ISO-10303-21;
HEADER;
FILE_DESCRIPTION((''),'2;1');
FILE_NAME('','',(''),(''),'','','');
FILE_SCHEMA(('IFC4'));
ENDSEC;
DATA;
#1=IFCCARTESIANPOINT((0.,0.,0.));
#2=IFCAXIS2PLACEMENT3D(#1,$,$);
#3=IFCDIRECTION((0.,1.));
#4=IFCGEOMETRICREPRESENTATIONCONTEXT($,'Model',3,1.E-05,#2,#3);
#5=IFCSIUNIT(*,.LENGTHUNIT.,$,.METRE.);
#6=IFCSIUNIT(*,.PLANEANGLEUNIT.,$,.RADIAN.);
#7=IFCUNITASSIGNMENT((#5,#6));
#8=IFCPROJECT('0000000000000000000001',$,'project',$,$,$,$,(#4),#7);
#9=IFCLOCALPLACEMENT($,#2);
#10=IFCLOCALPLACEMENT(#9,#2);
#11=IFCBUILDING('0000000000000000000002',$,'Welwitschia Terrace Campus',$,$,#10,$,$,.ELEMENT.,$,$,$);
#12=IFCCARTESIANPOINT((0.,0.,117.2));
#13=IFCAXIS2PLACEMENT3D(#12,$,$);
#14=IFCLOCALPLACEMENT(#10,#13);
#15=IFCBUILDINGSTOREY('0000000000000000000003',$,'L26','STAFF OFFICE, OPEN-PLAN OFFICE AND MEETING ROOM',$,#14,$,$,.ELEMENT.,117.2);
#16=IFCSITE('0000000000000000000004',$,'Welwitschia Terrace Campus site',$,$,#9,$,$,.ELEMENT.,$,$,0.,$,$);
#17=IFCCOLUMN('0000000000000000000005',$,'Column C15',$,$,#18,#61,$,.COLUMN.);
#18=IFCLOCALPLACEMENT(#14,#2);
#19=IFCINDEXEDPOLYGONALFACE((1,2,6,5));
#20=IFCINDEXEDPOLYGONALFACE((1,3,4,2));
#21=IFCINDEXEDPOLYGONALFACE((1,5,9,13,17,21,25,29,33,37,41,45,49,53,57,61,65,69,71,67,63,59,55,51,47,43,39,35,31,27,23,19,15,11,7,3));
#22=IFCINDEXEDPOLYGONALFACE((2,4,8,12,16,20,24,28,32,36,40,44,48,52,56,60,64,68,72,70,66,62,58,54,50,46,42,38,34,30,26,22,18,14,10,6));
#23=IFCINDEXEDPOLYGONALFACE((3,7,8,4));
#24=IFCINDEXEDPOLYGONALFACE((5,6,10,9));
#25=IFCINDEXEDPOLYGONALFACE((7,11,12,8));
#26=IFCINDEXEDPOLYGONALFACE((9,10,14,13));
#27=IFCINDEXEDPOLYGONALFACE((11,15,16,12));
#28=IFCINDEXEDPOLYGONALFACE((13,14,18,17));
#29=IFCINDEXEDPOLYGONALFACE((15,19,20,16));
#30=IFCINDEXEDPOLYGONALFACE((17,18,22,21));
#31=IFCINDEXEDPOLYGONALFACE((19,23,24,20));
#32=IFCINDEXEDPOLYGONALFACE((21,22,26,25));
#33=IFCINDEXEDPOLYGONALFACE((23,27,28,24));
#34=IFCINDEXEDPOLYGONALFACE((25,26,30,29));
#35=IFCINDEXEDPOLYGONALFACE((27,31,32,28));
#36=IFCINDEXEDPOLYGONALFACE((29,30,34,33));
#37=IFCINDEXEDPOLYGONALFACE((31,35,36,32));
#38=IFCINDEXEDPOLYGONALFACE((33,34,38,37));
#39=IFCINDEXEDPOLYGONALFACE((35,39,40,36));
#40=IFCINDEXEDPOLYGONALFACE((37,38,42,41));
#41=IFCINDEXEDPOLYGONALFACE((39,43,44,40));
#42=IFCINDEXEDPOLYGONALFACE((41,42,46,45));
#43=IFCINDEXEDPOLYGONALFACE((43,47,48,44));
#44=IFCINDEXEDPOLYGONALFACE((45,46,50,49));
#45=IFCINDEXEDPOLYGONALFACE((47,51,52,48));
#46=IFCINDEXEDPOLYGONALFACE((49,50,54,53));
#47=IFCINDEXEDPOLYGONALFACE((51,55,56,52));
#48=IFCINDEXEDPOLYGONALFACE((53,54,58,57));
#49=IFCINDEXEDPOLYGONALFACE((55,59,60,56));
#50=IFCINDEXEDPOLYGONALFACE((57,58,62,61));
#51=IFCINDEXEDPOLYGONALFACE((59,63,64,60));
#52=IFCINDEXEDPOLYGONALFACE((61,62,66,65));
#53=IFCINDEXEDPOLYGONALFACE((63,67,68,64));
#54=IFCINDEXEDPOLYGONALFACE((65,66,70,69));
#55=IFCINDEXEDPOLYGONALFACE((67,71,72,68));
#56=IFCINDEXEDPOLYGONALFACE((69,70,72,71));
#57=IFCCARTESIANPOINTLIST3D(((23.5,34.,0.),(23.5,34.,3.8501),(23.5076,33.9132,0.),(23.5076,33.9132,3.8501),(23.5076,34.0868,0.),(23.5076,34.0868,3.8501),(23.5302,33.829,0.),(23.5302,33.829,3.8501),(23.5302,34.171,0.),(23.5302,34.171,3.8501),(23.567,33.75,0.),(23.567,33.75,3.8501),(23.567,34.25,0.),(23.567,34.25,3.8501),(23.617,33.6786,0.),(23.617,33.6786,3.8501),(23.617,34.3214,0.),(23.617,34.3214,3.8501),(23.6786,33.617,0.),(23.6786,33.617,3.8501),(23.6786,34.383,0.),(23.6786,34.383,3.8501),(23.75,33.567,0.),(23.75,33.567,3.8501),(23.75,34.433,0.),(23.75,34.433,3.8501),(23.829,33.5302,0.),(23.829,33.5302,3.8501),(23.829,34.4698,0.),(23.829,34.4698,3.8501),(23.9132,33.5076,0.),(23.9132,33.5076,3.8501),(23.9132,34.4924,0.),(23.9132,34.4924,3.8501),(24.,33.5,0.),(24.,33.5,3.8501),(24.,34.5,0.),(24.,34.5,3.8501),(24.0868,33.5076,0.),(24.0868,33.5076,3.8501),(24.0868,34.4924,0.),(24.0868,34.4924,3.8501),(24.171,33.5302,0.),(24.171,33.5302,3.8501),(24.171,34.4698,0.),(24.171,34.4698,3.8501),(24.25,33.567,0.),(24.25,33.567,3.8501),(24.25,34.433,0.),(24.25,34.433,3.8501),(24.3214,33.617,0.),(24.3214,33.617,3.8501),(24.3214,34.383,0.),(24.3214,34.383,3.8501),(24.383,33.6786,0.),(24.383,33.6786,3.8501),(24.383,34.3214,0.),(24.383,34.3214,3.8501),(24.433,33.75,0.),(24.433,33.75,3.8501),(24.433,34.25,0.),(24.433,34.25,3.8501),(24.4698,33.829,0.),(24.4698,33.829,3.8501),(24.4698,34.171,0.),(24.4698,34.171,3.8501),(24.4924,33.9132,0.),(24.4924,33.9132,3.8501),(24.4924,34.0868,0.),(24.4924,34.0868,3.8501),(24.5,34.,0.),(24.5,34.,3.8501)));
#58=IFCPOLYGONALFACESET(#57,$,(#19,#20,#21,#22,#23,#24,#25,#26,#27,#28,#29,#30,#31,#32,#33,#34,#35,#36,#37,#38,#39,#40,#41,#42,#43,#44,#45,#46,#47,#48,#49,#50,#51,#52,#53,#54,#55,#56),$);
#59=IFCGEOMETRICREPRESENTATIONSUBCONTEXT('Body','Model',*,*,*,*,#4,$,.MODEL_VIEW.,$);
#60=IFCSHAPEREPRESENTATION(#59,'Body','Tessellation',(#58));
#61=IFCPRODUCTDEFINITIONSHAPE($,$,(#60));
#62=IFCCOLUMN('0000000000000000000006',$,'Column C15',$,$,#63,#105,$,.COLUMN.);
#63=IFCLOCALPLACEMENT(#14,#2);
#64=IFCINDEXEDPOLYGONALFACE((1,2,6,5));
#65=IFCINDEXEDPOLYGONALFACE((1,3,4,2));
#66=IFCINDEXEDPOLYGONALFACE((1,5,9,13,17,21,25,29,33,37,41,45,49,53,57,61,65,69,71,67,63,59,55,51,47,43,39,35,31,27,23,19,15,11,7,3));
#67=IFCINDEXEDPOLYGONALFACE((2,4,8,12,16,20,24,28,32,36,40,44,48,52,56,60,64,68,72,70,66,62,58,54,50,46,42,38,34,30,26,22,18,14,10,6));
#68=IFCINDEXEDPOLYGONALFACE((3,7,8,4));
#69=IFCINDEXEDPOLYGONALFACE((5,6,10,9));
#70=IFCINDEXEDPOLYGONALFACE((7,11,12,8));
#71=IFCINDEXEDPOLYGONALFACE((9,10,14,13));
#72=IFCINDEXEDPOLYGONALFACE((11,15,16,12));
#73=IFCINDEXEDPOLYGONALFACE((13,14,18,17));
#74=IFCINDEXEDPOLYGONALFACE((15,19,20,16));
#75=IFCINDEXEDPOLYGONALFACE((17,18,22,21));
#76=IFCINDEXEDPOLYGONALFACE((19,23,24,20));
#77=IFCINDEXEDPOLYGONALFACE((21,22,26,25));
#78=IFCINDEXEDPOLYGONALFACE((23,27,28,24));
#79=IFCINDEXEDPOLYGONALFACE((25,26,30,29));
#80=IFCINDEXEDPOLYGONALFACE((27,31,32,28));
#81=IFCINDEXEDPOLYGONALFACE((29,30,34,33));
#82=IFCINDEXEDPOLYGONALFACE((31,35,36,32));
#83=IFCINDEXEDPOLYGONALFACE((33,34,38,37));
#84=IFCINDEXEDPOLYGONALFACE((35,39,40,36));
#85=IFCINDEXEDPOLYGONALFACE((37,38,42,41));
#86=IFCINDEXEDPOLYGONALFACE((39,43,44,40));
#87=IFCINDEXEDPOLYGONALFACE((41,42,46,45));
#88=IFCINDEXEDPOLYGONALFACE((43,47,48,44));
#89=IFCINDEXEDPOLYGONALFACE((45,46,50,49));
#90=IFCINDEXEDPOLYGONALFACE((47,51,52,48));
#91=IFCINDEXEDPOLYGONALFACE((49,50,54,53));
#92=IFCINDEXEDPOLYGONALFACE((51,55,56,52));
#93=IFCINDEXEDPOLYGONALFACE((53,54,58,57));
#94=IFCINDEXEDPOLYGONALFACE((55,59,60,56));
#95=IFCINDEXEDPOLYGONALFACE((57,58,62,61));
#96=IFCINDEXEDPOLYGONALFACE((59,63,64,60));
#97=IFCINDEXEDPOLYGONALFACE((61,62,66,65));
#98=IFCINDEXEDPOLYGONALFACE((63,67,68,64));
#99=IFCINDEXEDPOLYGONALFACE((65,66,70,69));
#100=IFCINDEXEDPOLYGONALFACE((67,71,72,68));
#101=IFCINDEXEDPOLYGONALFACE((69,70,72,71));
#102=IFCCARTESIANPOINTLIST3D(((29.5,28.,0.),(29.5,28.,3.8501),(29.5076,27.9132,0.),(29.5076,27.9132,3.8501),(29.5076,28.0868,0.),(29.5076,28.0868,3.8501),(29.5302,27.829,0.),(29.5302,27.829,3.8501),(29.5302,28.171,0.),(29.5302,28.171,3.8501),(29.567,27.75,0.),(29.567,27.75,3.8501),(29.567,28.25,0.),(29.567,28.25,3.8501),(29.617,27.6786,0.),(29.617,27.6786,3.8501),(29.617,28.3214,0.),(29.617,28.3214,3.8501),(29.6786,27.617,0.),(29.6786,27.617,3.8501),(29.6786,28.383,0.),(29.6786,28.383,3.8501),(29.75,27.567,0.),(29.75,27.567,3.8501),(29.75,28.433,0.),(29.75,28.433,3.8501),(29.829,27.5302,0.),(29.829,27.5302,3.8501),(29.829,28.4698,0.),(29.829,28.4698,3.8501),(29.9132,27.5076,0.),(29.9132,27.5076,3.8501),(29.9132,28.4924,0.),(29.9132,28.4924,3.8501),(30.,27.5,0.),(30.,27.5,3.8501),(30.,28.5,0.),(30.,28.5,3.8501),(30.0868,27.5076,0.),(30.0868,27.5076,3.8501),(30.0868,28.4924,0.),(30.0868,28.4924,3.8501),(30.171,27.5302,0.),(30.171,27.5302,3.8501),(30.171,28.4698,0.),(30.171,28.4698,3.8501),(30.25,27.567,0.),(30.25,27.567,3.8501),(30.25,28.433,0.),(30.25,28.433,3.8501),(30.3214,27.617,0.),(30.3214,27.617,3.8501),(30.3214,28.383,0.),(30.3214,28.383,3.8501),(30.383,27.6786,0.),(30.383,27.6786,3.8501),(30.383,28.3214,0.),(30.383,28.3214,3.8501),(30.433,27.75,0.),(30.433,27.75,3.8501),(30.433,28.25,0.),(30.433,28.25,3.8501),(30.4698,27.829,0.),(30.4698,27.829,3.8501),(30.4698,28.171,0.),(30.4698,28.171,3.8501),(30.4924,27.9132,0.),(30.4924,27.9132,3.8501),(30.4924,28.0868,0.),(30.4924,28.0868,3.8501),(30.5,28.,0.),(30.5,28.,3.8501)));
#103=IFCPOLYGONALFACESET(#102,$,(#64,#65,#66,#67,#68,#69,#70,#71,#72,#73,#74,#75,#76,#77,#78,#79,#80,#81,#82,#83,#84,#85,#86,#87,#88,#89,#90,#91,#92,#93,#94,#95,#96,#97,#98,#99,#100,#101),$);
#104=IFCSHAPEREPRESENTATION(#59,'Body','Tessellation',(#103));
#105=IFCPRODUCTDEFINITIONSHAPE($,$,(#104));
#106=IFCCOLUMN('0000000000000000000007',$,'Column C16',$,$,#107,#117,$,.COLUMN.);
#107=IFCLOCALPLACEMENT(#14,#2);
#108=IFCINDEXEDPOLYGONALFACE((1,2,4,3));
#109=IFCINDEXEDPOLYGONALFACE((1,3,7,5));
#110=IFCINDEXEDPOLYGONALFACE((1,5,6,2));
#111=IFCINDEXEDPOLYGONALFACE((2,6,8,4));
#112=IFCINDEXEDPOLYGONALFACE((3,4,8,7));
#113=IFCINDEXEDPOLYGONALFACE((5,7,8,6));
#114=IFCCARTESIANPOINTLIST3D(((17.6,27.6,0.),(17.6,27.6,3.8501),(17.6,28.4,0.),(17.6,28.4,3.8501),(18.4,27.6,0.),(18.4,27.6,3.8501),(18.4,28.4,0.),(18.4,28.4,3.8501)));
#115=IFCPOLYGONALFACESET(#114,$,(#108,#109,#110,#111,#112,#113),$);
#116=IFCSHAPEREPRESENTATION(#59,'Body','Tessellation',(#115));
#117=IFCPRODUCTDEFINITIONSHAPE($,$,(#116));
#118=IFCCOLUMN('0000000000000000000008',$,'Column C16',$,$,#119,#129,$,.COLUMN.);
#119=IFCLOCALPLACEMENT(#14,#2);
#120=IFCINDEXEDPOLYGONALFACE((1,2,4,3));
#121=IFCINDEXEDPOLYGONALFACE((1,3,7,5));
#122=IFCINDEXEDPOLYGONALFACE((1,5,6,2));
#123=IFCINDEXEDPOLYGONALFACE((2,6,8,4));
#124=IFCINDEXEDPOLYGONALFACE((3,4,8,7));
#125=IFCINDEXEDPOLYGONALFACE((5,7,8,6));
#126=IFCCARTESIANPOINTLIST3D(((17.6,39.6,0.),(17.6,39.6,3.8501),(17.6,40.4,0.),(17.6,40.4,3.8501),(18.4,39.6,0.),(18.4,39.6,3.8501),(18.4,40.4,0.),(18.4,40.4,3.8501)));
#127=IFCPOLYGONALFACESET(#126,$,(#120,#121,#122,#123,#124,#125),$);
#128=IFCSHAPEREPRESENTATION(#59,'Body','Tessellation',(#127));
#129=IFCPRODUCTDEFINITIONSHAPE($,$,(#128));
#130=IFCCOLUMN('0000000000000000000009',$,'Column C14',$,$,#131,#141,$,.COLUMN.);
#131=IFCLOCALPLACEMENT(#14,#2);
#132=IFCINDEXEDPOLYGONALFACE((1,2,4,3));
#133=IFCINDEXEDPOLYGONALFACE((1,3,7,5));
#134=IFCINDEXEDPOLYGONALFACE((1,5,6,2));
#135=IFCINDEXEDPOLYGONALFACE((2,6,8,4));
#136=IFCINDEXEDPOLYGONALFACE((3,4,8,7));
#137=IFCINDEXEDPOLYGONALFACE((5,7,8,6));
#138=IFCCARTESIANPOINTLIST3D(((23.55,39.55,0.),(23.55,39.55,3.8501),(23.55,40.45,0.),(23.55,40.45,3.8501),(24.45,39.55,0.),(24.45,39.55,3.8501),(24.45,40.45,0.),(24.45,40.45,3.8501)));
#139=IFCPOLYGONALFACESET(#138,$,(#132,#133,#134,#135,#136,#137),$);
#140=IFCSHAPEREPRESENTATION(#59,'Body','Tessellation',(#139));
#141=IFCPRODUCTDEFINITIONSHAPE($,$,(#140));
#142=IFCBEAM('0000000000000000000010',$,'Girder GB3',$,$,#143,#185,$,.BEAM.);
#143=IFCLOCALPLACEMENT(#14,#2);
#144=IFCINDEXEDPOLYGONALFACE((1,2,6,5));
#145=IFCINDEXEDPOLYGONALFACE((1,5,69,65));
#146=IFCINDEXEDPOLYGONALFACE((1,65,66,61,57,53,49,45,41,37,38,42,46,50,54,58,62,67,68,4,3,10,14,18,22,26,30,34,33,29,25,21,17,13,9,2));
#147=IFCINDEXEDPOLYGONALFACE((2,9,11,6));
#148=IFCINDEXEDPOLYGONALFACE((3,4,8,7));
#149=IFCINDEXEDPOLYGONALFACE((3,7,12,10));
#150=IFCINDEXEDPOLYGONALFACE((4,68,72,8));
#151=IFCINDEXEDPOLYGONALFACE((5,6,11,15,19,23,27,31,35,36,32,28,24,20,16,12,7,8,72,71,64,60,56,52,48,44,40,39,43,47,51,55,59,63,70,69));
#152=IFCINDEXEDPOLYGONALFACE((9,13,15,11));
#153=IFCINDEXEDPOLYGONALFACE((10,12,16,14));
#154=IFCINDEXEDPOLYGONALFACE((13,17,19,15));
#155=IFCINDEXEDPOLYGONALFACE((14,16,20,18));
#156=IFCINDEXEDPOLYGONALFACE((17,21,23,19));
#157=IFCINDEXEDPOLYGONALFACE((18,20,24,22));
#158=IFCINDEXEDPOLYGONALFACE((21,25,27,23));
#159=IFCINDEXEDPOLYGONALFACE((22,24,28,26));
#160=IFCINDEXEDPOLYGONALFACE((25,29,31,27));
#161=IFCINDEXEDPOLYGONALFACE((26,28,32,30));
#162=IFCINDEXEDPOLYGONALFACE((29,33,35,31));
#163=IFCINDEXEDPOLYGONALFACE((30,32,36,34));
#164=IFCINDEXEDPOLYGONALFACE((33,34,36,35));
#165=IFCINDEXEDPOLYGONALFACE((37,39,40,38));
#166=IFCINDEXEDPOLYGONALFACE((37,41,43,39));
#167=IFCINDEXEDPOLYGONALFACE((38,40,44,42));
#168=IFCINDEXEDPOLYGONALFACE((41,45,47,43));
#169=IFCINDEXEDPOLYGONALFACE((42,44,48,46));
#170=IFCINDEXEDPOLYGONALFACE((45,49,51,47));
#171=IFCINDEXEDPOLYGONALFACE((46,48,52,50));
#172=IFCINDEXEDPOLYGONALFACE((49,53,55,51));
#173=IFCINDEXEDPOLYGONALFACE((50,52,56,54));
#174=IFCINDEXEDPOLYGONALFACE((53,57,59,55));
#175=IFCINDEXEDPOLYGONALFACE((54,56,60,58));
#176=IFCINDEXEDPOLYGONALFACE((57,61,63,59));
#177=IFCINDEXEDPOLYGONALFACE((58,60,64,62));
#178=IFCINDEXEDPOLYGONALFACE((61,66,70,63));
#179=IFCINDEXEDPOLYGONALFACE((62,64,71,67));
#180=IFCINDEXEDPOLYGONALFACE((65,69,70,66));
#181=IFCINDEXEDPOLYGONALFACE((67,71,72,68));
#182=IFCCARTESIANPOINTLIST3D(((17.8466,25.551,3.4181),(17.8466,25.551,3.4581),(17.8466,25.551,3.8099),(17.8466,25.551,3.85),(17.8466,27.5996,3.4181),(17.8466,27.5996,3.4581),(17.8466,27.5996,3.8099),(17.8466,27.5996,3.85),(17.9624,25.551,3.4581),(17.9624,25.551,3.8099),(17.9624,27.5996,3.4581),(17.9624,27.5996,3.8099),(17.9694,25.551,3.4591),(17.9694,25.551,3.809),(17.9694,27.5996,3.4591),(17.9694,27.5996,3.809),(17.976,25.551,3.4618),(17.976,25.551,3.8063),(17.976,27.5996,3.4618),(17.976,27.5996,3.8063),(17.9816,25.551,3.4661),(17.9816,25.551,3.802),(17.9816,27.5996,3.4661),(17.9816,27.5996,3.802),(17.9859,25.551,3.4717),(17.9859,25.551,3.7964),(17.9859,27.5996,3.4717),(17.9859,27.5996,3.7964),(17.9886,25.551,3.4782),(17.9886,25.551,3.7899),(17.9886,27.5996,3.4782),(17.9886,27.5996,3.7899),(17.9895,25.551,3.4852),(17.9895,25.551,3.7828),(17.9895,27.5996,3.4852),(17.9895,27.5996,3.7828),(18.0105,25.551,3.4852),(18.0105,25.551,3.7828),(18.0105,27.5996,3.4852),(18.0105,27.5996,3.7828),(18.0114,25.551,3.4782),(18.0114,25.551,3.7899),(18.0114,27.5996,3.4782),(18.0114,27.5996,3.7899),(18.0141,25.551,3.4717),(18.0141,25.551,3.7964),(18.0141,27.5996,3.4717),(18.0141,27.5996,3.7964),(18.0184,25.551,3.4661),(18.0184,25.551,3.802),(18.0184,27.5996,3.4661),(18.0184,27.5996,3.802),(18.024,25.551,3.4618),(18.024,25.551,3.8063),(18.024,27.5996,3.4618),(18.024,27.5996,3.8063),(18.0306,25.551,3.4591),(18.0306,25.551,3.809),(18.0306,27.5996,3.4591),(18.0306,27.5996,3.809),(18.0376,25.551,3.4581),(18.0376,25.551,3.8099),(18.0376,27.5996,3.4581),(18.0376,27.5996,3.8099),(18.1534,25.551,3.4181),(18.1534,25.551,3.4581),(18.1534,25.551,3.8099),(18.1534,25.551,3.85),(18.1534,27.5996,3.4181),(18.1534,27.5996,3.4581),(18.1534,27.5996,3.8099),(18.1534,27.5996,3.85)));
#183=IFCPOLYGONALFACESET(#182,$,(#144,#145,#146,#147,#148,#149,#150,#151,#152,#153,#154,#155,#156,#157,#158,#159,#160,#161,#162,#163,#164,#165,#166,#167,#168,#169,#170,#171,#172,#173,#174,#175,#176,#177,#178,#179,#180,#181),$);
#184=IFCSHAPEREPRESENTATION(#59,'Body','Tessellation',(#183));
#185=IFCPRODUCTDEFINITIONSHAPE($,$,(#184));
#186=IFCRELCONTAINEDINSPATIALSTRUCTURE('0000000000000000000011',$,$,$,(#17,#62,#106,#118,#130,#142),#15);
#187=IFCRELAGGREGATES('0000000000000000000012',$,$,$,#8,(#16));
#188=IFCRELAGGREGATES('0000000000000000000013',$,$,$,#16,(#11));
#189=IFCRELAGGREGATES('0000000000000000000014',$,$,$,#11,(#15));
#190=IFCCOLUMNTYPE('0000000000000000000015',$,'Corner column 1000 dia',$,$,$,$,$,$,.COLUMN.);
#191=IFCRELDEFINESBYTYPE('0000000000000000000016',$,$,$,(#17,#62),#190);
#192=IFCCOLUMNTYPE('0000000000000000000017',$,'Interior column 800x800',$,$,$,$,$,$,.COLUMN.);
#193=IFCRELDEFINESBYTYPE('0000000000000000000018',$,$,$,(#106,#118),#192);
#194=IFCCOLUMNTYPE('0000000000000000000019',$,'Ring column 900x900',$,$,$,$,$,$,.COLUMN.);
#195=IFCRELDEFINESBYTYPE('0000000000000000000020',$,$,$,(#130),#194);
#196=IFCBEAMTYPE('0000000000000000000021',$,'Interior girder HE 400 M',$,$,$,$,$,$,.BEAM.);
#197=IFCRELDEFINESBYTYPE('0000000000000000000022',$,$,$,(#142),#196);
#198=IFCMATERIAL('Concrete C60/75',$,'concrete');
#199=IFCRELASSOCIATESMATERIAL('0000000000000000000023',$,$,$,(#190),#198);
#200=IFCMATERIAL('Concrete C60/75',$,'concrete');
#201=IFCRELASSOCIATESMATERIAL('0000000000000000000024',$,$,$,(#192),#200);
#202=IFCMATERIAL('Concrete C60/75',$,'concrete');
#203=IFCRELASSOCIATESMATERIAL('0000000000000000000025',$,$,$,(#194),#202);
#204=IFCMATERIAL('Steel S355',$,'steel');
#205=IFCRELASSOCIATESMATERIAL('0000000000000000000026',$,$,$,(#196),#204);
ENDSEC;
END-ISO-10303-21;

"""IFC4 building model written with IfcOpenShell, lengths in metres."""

from ifc_helpers import new_model, si_unit, direction, frame, origin, origin_2d, place, context, subcontext, project, spatial, rectangle, circle, i_section, extrude, material, material_profile, profile_set, type_object, element, save


model = new_model("IFC4")

# Units and contexts
model_context = context("Model", 3, precision=1e-05, world=origin(), true_north=direction((0.0, 1.0)))
body_context = subcontext(model_context, "Body", "Model", "MODEL_VIEW")
ifc_project = project(units=[si_unit("LENGTHUNIT", "METRE"), si_unit("PLANEANGLEUNIT", "RADIAN")], contexts=[model_context])

# Site, building, storey
site_placement = place(None, origin())
site = spatial("IfcSite", under=ifc_project, at=site_placement, Name="Welwitschia Terrace Campus site", CompositionType="ELEMENT", RefElevation=0.0)
building_placement = place(site_placement, origin())
building = spatial("IfcBuilding", under=site, at=building_placement, Name="Welwitschia Terrace Campus", CompositionType="ELEMENT")
storey_placement = place(building_placement, frame((0.0, 0.0, 117.2)))
storey = spatial("IfcBuildingStorey", under=building, at=storey_placement, Name="L26", Description="STAFF OFFICE, OPEN-PLAN OFFICE AND MEETING ROOM", CompositionType="ELEMENT", Elevation=117.2)

# Columns
ifc_material_1 = material(Name="Concrete C60/75", Category="concrete")
ifc_material_profile_1 = material_profile(ifc_material_1, circle(Radius=0.5, at=origin_2d()))
ifc_profile_set_1 = profile_set([ifc_material_profile_1], Name="Concrete C60/75")
column_type_1 = type_object("IfcColumnType", Name="Corner column 1000 dia", PredefinedType="COLUMN", material=ifc_profile_set_1)
for number, where, z_axis, x_axis, name in (
    (1, (24.0, 34.0, 0.0), (0.0, 0.0, 1.0), (1.0, 0.0, 0.0), "Column C15"),
    (2, (30.0, 28.0, 0.0), (0.0, 0.0, 1.0), (1.0, 0.0, 0.0), "Column C15"),
):
    element("IfcColumn", number, at=place(storey_placement, frame(where, z_axis=z_axis, x_axis=x_axis)), inside=storey, type_object=column_type_1, Name=name, PredefinedType="COLUMN", context=body_context, shape_type="SweptSolid", body=[
        extrude(circle(Radius=0.5, at=origin_2d()), origin(), (0.0, 0.0, 1.0), 3.8501),
    ])
ifc_material_2 = material(Name="Concrete C60/75", Category="concrete")
ifc_material_profile_2 = material_profile(ifc_material_2, rectangle(XDim=0.8, YDim=0.8, at=origin_2d()))
ifc_profile_set_2 = profile_set([ifc_material_profile_2], Name="Concrete C60/75")
column_type_2 = type_object("IfcColumnType", Name="Interior column 800x800", PredefinedType="COLUMN", material=ifc_profile_set_2)
for number, where, z_axis, x_axis, name in (
    (3, (18.0, 28.0, 0.0), (0.0, 0.0, 1.0), (1.0, 0.0, 0.0), "Column C16"),
    (4, (18.0, 40.0, 0.0), (0.0, 0.0, 1.0), (1.0, 0.0, 0.0), "Column C16"),
):
    element("IfcColumn", number, at=place(storey_placement, frame(where, z_axis=z_axis, x_axis=x_axis)), inside=storey, type_object=column_type_2, Name=name, PredefinedType="COLUMN", context=body_context, shape_type="SweptSolid", body=[
        extrude(rectangle(XDim=0.8, YDim=0.8, at=origin_2d()), origin(), (0.0, 0.0, 1.0), 3.8501),
    ])
ifc_material_3 = material(Name="Concrete C60/75", Category="concrete")
ifc_material_profile_3 = material_profile(ifc_material_3, rectangle(XDim=0.8999, YDim=0.8999, at=origin_2d()))
ifc_profile_set_3 = profile_set([ifc_material_profile_3], Name="Concrete C60/75")
column_type_3 = type_object("IfcColumnType", Name="Ring column 900x900", PredefinedType="COLUMN", material=ifc_profile_set_3)
column_placement = place(storey_placement, frame((24.0, 40.0, 0.0), z_axis=(0.0, 0.0, 1.0), x_axis=(1.0, 0.0, 0.0)))
element("IfcColumn", 5, at=column_placement, inside=storey, type_object=column_type_3, Name="Column C14", PredefinedType="COLUMN", context=body_context, shape_type="SweptSolid", body=[
    extrude(rectangle(XDim=0.8999, YDim=0.8999, at=origin_2d()), origin(), (0.0, 0.0, 1.0), 3.8501),
])

# Beam
ifc_material_4 = material(Name="Steel S355", Category="steel")
ifc_material_profile_4 = material_profile(ifc_material_4, i_section(OverallWidth=0.3069, OverallDepth=0.4319, WebThickness=0.021, FlangeThickness=0.04, FilletRadius=0.0271, at=origin_2d()))
ifc_profile_set_4 = profile_set([ifc_material_profile_4], Name="Steel S355")
beam_type_1 = type_object("IfcBeamType", Name="Interior girder HE 400 M", PredefinedType="BEAM", material=ifc_profile_set_4)
beam_1_placement = place(storey_placement, frame((18.0, 25.551, 3.634), z_axis=(0.0, 1.0, 0.0), x_axis=(-1.0, 0.0, 0.0)))
element("IfcBeam", 6, at=beam_1_placement, inside=storey, type_object=beam_type_1, Name="Girder GB3", PredefinedType="BEAM", context=body_context, shape_type="SweptSolid", body=[
    extrude(i_section(OverallWidth=0.3069, OverallDepth=0.4319, WebThickness=0.021, FlangeThickness=0.04, FilletRadius=0.0271, at=origin_2d()), origin(), (0.0, 0.0, 1.0), 2.0486),
])

save(model, "model.ifc")
